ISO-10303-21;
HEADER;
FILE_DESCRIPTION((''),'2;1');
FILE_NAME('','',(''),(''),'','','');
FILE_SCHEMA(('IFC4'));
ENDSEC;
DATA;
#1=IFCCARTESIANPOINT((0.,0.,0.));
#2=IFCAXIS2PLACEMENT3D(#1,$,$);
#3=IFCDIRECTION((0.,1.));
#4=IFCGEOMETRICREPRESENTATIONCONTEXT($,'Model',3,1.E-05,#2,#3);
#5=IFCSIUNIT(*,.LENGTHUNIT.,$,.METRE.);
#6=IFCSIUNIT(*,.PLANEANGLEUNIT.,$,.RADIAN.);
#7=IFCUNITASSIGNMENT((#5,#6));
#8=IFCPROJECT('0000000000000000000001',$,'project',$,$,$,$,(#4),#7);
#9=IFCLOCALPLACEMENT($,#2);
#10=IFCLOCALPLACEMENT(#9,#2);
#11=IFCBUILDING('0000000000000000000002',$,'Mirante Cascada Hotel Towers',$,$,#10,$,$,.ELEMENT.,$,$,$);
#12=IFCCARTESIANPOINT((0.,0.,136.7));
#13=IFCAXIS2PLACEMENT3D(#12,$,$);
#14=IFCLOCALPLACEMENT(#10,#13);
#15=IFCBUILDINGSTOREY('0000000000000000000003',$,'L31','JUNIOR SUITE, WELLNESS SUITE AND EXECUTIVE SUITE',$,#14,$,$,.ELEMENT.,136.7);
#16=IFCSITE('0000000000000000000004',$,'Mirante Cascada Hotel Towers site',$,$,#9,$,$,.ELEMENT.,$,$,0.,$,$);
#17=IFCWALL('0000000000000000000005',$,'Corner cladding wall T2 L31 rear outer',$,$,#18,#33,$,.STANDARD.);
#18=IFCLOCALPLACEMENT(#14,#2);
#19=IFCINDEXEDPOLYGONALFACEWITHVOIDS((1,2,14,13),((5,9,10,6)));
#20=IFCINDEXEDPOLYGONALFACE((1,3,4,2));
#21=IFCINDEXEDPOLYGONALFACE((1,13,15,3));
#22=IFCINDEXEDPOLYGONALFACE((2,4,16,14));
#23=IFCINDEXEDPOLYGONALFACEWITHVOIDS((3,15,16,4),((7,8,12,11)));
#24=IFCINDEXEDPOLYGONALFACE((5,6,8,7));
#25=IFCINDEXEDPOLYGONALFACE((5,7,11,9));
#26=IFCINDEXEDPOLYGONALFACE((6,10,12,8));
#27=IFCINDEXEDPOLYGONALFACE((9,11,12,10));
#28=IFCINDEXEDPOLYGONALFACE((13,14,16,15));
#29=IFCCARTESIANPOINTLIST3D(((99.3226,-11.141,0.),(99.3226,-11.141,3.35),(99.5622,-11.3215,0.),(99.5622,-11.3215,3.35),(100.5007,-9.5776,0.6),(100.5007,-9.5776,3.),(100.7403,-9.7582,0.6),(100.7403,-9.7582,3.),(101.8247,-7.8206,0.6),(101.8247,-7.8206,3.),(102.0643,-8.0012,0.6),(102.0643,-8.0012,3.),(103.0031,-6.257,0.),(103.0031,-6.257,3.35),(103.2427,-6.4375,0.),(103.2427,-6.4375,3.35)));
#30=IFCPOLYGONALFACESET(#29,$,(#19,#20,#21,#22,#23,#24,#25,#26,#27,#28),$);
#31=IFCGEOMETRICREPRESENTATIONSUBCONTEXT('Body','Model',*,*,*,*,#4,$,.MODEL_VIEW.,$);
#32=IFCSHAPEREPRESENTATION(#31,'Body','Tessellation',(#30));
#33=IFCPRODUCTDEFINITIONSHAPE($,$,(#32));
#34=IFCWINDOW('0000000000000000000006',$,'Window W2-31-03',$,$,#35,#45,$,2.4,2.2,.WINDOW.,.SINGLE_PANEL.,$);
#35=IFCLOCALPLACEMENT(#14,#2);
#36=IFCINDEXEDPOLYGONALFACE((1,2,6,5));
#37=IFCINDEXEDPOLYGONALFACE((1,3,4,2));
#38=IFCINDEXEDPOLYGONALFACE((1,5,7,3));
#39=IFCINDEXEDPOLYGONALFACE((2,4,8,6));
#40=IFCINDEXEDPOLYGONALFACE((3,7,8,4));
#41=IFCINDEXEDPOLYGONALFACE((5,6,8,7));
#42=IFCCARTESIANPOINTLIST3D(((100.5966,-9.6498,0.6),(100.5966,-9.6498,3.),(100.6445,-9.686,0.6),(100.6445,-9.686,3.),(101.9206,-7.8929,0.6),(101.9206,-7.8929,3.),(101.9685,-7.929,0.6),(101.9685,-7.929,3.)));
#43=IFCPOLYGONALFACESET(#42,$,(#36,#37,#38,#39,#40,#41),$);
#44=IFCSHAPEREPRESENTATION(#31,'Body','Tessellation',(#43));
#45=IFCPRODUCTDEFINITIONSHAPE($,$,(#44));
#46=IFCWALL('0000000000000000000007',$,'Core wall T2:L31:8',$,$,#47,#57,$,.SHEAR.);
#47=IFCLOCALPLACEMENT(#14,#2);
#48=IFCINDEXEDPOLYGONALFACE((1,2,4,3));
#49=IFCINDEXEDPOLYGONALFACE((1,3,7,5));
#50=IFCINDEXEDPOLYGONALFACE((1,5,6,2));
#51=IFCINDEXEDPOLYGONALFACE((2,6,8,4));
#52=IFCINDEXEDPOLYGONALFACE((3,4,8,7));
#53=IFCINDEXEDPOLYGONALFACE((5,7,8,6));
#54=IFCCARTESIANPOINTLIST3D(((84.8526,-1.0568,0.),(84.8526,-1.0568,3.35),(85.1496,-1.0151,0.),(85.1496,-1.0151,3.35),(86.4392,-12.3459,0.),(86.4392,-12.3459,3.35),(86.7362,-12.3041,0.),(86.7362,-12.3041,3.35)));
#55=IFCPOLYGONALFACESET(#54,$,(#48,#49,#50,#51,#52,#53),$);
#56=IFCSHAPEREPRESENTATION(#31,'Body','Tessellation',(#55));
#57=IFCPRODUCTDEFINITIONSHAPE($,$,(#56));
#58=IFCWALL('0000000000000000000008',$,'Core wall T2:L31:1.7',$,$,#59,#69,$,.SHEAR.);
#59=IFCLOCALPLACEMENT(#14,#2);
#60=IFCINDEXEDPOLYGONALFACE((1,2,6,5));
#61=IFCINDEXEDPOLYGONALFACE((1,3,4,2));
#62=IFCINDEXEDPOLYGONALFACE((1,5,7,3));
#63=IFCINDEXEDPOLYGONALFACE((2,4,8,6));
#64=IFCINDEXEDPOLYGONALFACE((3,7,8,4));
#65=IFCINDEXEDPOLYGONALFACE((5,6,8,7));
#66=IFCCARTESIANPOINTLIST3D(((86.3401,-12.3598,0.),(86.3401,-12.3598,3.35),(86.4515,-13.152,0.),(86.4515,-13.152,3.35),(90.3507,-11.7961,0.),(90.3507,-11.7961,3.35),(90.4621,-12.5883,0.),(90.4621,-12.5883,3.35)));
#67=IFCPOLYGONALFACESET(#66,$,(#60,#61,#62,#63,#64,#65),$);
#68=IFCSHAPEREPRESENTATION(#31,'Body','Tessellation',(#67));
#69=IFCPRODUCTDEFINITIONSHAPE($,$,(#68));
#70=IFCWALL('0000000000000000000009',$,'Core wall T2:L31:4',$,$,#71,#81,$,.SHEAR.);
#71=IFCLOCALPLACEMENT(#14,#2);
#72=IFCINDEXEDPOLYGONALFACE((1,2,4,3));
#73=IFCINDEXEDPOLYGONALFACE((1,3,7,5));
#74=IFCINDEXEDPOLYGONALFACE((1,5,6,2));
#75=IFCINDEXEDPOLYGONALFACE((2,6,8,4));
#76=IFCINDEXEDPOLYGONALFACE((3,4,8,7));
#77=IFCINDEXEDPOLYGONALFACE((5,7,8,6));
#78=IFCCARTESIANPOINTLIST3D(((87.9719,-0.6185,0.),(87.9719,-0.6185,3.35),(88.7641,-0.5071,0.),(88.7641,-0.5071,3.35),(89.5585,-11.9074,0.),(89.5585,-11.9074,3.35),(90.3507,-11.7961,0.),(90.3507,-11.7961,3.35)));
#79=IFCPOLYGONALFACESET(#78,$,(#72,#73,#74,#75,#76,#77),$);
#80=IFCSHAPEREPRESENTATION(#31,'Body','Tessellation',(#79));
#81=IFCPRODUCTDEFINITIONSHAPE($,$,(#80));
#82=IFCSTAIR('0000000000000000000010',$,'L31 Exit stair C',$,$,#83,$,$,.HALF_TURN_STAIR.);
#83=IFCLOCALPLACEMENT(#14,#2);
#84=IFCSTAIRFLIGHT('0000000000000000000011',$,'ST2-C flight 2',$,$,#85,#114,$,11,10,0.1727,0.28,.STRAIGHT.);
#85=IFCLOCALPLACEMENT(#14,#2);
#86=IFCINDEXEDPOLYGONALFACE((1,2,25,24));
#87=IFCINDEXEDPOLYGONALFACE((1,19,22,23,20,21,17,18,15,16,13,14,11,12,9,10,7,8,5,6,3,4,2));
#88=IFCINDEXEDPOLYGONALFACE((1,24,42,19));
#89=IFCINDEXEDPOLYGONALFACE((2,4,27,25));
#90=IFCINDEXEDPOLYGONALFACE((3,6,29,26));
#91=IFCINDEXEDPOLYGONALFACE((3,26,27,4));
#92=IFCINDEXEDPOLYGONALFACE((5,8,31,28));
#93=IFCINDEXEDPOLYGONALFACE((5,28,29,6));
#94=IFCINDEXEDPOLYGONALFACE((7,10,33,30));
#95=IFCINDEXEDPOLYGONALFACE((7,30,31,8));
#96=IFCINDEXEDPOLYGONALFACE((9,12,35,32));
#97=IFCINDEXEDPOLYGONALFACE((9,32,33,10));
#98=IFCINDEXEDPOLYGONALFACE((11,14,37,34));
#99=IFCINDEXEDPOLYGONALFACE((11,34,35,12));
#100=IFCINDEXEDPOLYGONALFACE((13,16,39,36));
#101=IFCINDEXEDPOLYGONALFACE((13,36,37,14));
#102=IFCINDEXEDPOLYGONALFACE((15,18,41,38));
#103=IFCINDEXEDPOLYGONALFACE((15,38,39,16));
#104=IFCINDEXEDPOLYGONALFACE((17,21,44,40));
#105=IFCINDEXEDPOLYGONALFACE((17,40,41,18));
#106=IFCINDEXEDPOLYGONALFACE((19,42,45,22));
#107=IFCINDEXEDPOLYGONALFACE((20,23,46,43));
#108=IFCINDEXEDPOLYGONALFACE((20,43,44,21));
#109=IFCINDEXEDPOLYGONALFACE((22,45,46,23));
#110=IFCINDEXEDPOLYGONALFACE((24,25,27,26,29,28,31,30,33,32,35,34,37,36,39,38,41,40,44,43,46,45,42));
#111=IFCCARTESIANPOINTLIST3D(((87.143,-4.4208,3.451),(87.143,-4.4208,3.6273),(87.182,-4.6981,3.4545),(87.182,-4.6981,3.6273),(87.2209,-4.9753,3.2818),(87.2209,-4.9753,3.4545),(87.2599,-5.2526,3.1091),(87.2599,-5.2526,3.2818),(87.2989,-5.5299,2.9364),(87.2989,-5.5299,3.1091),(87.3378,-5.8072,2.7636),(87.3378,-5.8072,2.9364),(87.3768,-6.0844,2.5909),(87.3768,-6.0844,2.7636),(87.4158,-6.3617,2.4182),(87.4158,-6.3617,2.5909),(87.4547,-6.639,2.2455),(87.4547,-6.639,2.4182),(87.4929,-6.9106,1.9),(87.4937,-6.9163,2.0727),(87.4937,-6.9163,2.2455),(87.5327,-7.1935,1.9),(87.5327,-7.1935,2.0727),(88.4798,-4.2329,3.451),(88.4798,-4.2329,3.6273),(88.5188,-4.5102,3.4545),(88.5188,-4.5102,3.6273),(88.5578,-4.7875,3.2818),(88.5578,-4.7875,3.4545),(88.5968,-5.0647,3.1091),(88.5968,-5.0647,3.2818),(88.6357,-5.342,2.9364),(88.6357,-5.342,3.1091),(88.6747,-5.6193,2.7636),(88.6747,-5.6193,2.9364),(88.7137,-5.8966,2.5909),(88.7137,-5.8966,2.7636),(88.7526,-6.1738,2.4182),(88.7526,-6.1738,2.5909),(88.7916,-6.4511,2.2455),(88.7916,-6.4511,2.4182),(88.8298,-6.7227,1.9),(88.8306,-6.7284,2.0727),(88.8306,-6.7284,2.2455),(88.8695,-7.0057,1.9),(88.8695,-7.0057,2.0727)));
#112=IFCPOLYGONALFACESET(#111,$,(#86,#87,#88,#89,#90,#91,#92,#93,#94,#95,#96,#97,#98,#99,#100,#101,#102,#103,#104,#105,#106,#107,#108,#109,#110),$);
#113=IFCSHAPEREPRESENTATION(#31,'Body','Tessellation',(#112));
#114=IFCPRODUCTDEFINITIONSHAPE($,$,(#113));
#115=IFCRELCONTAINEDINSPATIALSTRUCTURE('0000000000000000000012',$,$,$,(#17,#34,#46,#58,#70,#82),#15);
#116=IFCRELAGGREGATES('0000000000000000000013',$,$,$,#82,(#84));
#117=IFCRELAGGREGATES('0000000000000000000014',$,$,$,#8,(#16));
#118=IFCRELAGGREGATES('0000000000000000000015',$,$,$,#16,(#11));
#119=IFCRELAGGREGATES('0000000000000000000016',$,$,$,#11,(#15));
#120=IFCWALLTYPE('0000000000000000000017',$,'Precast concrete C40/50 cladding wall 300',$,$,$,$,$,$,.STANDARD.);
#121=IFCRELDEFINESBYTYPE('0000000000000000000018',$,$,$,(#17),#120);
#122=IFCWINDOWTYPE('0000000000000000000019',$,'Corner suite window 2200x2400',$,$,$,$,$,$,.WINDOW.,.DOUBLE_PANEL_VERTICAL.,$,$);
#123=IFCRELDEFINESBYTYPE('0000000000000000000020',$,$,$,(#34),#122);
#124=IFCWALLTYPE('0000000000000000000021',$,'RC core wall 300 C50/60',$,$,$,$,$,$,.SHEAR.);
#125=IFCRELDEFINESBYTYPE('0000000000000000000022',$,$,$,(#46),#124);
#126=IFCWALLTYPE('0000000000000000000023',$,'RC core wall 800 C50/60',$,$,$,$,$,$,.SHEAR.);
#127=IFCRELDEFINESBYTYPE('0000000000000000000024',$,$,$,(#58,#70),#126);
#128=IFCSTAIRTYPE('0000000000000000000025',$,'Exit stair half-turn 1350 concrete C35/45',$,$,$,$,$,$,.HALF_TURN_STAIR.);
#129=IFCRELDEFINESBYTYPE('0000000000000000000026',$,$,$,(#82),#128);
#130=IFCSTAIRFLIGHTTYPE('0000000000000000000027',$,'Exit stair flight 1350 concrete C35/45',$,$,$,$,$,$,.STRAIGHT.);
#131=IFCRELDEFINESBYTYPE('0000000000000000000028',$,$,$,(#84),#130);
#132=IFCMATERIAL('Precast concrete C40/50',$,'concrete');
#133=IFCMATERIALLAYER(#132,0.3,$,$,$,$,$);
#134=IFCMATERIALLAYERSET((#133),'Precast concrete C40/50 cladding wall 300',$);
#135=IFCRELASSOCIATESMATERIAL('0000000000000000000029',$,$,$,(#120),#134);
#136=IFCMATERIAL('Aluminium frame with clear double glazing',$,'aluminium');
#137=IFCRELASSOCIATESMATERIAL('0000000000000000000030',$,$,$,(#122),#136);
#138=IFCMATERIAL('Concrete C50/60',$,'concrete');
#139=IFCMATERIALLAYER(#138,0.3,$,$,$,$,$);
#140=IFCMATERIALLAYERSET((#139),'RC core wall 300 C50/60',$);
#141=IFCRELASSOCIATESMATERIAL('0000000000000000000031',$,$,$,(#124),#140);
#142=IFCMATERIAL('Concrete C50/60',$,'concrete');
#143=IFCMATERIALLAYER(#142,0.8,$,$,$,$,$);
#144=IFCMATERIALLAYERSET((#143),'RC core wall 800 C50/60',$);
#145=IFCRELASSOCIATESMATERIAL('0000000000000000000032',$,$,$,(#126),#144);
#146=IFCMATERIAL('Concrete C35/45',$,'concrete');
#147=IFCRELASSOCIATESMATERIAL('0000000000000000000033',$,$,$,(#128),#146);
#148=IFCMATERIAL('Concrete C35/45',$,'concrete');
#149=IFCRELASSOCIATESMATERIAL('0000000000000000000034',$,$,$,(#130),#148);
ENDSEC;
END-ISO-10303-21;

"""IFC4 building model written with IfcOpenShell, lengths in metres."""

from ifc_helpers import new_model, si_unit, direction, frame, frame_2d, origin, place, context, subcontext, project, spatial, polyline, rectangle, outline, extrude, material, layer, layer_set, type_object, element, fill, aggregate, save


model = new_model("IFC4")

# Units and contexts
model_context = context("Model", 3, precision=1e-05, world=origin(), true_north=direction((0.0, 1.0)))
body_context = subcontext(model_context, "Body", "Model", "MODEL_VIEW")
ifc_project = project(units=[si_unit("LENGTHUNIT", "METRE"), si_unit("PLANEANGLEUNIT", "RADIAN")], contexts=[model_context])

# Site, building, storey
site_placement = place(None, origin())
site = spatial("IfcSite", under=ifc_project, at=site_placement, Name="Mirante Cascada Hotel Towers site", CompositionType="ELEMENT", RefElevation=0.0)
building_placement = place(site_placement, origin())
building = spatial("IfcBuilding", under=site, at=building_placement, Name="Mirante Cascada Hotel Towers", CompositionType="ELEMENT")
storey_placement = place(building_placement, frame((0.0, 0.0, 136.7)))
storey = spatial("IfcBuildingStorey", under=building, at=storey_placement, Name="L31", Description="JUNIOR SUITE, WELLNESS SUITE AND EXECUTIVE SUITE", CompositionType="ELEMENT", Elevation=136.7)

# Shared definitions
ifc_material_1 = material(Name="Precast concrete C40/50", Category="concrete")
ifc_layer_1 = layer(ifc_material_1, 0.3)
ifc_layer_set_1 = layer_set([ifc_layer_1], Name="Precast concrete C40/50 cladding wall 300")
wall_type_1 = type_object("IfcWallType", Name="Precast concrete C40/50 cladding wall 300", PredefinedType="STANDARD", material=ifc_layer_set_1)

# Wall, opening, window
wall_1_placement = place(storey_placement, frame((99.4424, -11.2313, 0.0), z_axis=(0.0, 0.0, 1.0), x_axis=(0.601819, 0.798632, 0.0)))
wall_1 = element("IfcWall", 1, at=wall_1_placement, inside=storey, type_object=wall_type_1, Name="Corner cladding wall T2 L31 rear outer", PredefinedType="STANDARD", context=body_context, shape_type="SweptSolid", body=[
    extrude(rectangle(XDim=6.1155, YDim=0.3, at=frame_2d((3.0578, 0.0))), origin(), (0.0, 0.0, 1.0), 3.35),
])
opening_1_placement = place(wall_1_placement, frame((1.9576, 0.0, 0.6)))
opening_1 = element("IfcOpeningElement", 2, at=opening_1_placement, cuts=wall_1, PredefinedType="OPENING", context=body_context, shape_type="SweptSolid", body=[
    extrude(rectangle(XDim=2.2, YDim=2.4, at=frame_2d((1.1, 1.2))), frame((0.0, 0.15, 0.0), z_axis=(0.0, -1.0, 0.0), x_axis=(1.0, 0.0, 0.0)), (0.0, 0.0, 1.0), 0.3),
])
ifc_material_2 = material(Name="Aluminium frame with clear double glazing", Category="aluminium")
window_type_1 = type_object("IfcWindowType", Name="Corner suite window 2200x2400", PartitioningType="DOUBLE_PANEL_VERTICAL", PredefinedType="WINDOW", material=ifc_material_2)
window_1_placement = place(opening_1_placement, origin())
window_1 = element("IfcWindow", 3, at=window_1_placement, inside=storey, type_object=window_type_1, Name="Window W2-31-03", OverallHeight=2.4, OverallWidth=2.2, PartitioningType="SINGLE_PANEL", PredefinedType="WINDOW", context=body_context, shape_type="SweptSolid", body=[
    extrude(rectangle(XDim=2.2, YDim=2.4, at=frame_2d((1.1, 1.2))), frame((0.0, 0.03, 0.0), z_axis=(0.0, -1.0, 0.0), x_axis=(1.0, 0.0, 0.0)), (0.0, 0.0, 1.0), 0.06),
])
fill(opening_1, window_1)

# Walls
ifc_material_3 = material(Name="Concrete C50/60", Category="concrete")
ifc_layer_2 = layer(ifc_material_3, 0.3)
ifc_layer_set_2 = layer_set([ifc_layer_2], Name="RC core wall 300 C50/60")
wall_type_2 = type_object("IfcWallType", Name="RC core wall 300 C50/60", PredefinedType="SHEAR", material=ifc_layer_set_2)
wall_2_placement = place(storey_placement, frame((86.5877, -12.325, 0.0), z_axis=(0.0, 0.0, 1.0), x_axis=(-0.139175, 0.990268, 0.0)))
element("IfcWall", 4, at=wall_2_placement, inside=storey, type_object=wall_type_2, Name="Core wall T2:L31:8", PredefinedType="SHEAR", context=body_context, shape_type="SweptSolid", body=[
    extrude(rectangle(XDim=11.4, YDim=0.3, at=frame_2d((5.7, 0.0))), origin(), (0.0, 0.0, 1.0), 3.35),
])
ifc_material_4 = material(Name="Concrete C50/60", Category="concrete")
ifc_layer_3 = layer(ifc_material_4, 0.8)
ifc_layer_set_3 = layer_set([ifc_layer_3], Name="RC core wall 800 C50/60")
wall_type_3 = type_object("IfcWallType", Name="RC core wall 800 C50/60", PredefinedType="SHEAR", material=ifc_layer_set_3)
wall_3_placement = place(storey_placement, frame((86.3958, -12.7559, 0.0), z_axis=(0.0, 0.0, 1.0), x_axis=(0.990267, 0.139184, 0.0)))
element("IfcWall", 5, at=wall_3_placement, inside=storey, type_object=wall_type_3, Name="Core wall T2:L31:1.7", PredefinedType="SHEAR", context=body_context, shape_type="SweptSolid", body=[
    extrude(rectangle(XDim=4.05, YDim=0.8, at=frame_2d((2.025, 0.0))), origin(), (0.0, 0.0, 1.0), 3.35),
])
wall_4_placement = place(storey_placement, frame((89.9546, -11.8518, 0.0), z_axis=(0.0, 0.0, 1.0), x_axis=(-0.139176, 0.990268, 0.0)))
element("IfcWall", 6, at=wall_4_placement, inside=storey, type_object=wall_type_3, Name="Core wall T2:L31:4", PredefinedType="SHEAR", context=body_context, shape_type="SweptSolid", body=[
    extrude(rectangle(XDim=11.3999, YDim=0.8, at=frame_2d((5.7, 0.0))), origin(), (0.0, 0.0, 1.0), 3.35),
])

# Stair, stair flight
ifc_material_5 = material(Name="Concrete C35/45", Category="concrete")
stair_type = type_object("IfcStairType", Name="Exit stair half-turn 1350 concrete C35/45", PredefinedType="HALF_TURN_STAIR", material=ifc_material_5)
stair_placement = place(storey_placement, origin())
stair = element("IfcStair", 7, at=stair_placement, inside=storey, type_object=stair_type, Name="L31 Exit stair C", PredefinedType="HALF_TURN_STAIR")
ifc_material_6 = material(Name="Concrete C35/45", Category="concrete")
stair_flight_type = type_object("IfcStairFlightType", Name="Exit stair flight 1350 concrete C35/45", PredefinedType="STRAIGHT", material=ifc_material_6)
stair_flight_placement = place(storey_placement, frame((88.2011, -7.0996, 1.9), z_axis=(0.0, 0.0, 1.0), x_axis=(-0.139173, 0.990268, 0.0)))
stair_flight = element("IfcStairFlight", 8, at=stair_flight_placement, type_object=stair_flight_type, Name="ST2-C flight 2", NumberOfRisers=11, NumberOfTreads=10, PredefinedType="STRAIGHT", RiserHeight=0.1727, TreadLength=0.28, context=body_context, shape_type="SweptSolid", body=[
    extrude(outline(polyline([(0.0, 0.0), (0.0, 0.1727), (0.28, 0.1727), (0.28, 0.3455), (0.56, 0.3455), (0.56, 0.5182), (0.84, 0.5182), (0.84, 0.6909), (1.12, 0.6909), (1.12, 0.8636), (1.4, 0.8636), (1.4, 1.0364), (1.68, 1.0364), (1.68, 1.2091), (1.96, 1.2091), (1.96, 1.3818), (2.24, 1.3818), (2.24, 1.5545), (2.52, 1.5545), (2.52, 1.7273), (2.8, 1.7273), (2.8, 1.9), (2.8, 1.551), (0.2857, 0.0), (0.0, 0.0)])), frame((0.0, 0.675, 0.0), z_axis=(0.0, -1.0, 0.0), x_axis=(1.0, 0.0, 0.0)), (0.0, 0.0, 1.0), 1.35),
])
aggregate(stair, [stair_flight])

save(model, "model.ifc")
